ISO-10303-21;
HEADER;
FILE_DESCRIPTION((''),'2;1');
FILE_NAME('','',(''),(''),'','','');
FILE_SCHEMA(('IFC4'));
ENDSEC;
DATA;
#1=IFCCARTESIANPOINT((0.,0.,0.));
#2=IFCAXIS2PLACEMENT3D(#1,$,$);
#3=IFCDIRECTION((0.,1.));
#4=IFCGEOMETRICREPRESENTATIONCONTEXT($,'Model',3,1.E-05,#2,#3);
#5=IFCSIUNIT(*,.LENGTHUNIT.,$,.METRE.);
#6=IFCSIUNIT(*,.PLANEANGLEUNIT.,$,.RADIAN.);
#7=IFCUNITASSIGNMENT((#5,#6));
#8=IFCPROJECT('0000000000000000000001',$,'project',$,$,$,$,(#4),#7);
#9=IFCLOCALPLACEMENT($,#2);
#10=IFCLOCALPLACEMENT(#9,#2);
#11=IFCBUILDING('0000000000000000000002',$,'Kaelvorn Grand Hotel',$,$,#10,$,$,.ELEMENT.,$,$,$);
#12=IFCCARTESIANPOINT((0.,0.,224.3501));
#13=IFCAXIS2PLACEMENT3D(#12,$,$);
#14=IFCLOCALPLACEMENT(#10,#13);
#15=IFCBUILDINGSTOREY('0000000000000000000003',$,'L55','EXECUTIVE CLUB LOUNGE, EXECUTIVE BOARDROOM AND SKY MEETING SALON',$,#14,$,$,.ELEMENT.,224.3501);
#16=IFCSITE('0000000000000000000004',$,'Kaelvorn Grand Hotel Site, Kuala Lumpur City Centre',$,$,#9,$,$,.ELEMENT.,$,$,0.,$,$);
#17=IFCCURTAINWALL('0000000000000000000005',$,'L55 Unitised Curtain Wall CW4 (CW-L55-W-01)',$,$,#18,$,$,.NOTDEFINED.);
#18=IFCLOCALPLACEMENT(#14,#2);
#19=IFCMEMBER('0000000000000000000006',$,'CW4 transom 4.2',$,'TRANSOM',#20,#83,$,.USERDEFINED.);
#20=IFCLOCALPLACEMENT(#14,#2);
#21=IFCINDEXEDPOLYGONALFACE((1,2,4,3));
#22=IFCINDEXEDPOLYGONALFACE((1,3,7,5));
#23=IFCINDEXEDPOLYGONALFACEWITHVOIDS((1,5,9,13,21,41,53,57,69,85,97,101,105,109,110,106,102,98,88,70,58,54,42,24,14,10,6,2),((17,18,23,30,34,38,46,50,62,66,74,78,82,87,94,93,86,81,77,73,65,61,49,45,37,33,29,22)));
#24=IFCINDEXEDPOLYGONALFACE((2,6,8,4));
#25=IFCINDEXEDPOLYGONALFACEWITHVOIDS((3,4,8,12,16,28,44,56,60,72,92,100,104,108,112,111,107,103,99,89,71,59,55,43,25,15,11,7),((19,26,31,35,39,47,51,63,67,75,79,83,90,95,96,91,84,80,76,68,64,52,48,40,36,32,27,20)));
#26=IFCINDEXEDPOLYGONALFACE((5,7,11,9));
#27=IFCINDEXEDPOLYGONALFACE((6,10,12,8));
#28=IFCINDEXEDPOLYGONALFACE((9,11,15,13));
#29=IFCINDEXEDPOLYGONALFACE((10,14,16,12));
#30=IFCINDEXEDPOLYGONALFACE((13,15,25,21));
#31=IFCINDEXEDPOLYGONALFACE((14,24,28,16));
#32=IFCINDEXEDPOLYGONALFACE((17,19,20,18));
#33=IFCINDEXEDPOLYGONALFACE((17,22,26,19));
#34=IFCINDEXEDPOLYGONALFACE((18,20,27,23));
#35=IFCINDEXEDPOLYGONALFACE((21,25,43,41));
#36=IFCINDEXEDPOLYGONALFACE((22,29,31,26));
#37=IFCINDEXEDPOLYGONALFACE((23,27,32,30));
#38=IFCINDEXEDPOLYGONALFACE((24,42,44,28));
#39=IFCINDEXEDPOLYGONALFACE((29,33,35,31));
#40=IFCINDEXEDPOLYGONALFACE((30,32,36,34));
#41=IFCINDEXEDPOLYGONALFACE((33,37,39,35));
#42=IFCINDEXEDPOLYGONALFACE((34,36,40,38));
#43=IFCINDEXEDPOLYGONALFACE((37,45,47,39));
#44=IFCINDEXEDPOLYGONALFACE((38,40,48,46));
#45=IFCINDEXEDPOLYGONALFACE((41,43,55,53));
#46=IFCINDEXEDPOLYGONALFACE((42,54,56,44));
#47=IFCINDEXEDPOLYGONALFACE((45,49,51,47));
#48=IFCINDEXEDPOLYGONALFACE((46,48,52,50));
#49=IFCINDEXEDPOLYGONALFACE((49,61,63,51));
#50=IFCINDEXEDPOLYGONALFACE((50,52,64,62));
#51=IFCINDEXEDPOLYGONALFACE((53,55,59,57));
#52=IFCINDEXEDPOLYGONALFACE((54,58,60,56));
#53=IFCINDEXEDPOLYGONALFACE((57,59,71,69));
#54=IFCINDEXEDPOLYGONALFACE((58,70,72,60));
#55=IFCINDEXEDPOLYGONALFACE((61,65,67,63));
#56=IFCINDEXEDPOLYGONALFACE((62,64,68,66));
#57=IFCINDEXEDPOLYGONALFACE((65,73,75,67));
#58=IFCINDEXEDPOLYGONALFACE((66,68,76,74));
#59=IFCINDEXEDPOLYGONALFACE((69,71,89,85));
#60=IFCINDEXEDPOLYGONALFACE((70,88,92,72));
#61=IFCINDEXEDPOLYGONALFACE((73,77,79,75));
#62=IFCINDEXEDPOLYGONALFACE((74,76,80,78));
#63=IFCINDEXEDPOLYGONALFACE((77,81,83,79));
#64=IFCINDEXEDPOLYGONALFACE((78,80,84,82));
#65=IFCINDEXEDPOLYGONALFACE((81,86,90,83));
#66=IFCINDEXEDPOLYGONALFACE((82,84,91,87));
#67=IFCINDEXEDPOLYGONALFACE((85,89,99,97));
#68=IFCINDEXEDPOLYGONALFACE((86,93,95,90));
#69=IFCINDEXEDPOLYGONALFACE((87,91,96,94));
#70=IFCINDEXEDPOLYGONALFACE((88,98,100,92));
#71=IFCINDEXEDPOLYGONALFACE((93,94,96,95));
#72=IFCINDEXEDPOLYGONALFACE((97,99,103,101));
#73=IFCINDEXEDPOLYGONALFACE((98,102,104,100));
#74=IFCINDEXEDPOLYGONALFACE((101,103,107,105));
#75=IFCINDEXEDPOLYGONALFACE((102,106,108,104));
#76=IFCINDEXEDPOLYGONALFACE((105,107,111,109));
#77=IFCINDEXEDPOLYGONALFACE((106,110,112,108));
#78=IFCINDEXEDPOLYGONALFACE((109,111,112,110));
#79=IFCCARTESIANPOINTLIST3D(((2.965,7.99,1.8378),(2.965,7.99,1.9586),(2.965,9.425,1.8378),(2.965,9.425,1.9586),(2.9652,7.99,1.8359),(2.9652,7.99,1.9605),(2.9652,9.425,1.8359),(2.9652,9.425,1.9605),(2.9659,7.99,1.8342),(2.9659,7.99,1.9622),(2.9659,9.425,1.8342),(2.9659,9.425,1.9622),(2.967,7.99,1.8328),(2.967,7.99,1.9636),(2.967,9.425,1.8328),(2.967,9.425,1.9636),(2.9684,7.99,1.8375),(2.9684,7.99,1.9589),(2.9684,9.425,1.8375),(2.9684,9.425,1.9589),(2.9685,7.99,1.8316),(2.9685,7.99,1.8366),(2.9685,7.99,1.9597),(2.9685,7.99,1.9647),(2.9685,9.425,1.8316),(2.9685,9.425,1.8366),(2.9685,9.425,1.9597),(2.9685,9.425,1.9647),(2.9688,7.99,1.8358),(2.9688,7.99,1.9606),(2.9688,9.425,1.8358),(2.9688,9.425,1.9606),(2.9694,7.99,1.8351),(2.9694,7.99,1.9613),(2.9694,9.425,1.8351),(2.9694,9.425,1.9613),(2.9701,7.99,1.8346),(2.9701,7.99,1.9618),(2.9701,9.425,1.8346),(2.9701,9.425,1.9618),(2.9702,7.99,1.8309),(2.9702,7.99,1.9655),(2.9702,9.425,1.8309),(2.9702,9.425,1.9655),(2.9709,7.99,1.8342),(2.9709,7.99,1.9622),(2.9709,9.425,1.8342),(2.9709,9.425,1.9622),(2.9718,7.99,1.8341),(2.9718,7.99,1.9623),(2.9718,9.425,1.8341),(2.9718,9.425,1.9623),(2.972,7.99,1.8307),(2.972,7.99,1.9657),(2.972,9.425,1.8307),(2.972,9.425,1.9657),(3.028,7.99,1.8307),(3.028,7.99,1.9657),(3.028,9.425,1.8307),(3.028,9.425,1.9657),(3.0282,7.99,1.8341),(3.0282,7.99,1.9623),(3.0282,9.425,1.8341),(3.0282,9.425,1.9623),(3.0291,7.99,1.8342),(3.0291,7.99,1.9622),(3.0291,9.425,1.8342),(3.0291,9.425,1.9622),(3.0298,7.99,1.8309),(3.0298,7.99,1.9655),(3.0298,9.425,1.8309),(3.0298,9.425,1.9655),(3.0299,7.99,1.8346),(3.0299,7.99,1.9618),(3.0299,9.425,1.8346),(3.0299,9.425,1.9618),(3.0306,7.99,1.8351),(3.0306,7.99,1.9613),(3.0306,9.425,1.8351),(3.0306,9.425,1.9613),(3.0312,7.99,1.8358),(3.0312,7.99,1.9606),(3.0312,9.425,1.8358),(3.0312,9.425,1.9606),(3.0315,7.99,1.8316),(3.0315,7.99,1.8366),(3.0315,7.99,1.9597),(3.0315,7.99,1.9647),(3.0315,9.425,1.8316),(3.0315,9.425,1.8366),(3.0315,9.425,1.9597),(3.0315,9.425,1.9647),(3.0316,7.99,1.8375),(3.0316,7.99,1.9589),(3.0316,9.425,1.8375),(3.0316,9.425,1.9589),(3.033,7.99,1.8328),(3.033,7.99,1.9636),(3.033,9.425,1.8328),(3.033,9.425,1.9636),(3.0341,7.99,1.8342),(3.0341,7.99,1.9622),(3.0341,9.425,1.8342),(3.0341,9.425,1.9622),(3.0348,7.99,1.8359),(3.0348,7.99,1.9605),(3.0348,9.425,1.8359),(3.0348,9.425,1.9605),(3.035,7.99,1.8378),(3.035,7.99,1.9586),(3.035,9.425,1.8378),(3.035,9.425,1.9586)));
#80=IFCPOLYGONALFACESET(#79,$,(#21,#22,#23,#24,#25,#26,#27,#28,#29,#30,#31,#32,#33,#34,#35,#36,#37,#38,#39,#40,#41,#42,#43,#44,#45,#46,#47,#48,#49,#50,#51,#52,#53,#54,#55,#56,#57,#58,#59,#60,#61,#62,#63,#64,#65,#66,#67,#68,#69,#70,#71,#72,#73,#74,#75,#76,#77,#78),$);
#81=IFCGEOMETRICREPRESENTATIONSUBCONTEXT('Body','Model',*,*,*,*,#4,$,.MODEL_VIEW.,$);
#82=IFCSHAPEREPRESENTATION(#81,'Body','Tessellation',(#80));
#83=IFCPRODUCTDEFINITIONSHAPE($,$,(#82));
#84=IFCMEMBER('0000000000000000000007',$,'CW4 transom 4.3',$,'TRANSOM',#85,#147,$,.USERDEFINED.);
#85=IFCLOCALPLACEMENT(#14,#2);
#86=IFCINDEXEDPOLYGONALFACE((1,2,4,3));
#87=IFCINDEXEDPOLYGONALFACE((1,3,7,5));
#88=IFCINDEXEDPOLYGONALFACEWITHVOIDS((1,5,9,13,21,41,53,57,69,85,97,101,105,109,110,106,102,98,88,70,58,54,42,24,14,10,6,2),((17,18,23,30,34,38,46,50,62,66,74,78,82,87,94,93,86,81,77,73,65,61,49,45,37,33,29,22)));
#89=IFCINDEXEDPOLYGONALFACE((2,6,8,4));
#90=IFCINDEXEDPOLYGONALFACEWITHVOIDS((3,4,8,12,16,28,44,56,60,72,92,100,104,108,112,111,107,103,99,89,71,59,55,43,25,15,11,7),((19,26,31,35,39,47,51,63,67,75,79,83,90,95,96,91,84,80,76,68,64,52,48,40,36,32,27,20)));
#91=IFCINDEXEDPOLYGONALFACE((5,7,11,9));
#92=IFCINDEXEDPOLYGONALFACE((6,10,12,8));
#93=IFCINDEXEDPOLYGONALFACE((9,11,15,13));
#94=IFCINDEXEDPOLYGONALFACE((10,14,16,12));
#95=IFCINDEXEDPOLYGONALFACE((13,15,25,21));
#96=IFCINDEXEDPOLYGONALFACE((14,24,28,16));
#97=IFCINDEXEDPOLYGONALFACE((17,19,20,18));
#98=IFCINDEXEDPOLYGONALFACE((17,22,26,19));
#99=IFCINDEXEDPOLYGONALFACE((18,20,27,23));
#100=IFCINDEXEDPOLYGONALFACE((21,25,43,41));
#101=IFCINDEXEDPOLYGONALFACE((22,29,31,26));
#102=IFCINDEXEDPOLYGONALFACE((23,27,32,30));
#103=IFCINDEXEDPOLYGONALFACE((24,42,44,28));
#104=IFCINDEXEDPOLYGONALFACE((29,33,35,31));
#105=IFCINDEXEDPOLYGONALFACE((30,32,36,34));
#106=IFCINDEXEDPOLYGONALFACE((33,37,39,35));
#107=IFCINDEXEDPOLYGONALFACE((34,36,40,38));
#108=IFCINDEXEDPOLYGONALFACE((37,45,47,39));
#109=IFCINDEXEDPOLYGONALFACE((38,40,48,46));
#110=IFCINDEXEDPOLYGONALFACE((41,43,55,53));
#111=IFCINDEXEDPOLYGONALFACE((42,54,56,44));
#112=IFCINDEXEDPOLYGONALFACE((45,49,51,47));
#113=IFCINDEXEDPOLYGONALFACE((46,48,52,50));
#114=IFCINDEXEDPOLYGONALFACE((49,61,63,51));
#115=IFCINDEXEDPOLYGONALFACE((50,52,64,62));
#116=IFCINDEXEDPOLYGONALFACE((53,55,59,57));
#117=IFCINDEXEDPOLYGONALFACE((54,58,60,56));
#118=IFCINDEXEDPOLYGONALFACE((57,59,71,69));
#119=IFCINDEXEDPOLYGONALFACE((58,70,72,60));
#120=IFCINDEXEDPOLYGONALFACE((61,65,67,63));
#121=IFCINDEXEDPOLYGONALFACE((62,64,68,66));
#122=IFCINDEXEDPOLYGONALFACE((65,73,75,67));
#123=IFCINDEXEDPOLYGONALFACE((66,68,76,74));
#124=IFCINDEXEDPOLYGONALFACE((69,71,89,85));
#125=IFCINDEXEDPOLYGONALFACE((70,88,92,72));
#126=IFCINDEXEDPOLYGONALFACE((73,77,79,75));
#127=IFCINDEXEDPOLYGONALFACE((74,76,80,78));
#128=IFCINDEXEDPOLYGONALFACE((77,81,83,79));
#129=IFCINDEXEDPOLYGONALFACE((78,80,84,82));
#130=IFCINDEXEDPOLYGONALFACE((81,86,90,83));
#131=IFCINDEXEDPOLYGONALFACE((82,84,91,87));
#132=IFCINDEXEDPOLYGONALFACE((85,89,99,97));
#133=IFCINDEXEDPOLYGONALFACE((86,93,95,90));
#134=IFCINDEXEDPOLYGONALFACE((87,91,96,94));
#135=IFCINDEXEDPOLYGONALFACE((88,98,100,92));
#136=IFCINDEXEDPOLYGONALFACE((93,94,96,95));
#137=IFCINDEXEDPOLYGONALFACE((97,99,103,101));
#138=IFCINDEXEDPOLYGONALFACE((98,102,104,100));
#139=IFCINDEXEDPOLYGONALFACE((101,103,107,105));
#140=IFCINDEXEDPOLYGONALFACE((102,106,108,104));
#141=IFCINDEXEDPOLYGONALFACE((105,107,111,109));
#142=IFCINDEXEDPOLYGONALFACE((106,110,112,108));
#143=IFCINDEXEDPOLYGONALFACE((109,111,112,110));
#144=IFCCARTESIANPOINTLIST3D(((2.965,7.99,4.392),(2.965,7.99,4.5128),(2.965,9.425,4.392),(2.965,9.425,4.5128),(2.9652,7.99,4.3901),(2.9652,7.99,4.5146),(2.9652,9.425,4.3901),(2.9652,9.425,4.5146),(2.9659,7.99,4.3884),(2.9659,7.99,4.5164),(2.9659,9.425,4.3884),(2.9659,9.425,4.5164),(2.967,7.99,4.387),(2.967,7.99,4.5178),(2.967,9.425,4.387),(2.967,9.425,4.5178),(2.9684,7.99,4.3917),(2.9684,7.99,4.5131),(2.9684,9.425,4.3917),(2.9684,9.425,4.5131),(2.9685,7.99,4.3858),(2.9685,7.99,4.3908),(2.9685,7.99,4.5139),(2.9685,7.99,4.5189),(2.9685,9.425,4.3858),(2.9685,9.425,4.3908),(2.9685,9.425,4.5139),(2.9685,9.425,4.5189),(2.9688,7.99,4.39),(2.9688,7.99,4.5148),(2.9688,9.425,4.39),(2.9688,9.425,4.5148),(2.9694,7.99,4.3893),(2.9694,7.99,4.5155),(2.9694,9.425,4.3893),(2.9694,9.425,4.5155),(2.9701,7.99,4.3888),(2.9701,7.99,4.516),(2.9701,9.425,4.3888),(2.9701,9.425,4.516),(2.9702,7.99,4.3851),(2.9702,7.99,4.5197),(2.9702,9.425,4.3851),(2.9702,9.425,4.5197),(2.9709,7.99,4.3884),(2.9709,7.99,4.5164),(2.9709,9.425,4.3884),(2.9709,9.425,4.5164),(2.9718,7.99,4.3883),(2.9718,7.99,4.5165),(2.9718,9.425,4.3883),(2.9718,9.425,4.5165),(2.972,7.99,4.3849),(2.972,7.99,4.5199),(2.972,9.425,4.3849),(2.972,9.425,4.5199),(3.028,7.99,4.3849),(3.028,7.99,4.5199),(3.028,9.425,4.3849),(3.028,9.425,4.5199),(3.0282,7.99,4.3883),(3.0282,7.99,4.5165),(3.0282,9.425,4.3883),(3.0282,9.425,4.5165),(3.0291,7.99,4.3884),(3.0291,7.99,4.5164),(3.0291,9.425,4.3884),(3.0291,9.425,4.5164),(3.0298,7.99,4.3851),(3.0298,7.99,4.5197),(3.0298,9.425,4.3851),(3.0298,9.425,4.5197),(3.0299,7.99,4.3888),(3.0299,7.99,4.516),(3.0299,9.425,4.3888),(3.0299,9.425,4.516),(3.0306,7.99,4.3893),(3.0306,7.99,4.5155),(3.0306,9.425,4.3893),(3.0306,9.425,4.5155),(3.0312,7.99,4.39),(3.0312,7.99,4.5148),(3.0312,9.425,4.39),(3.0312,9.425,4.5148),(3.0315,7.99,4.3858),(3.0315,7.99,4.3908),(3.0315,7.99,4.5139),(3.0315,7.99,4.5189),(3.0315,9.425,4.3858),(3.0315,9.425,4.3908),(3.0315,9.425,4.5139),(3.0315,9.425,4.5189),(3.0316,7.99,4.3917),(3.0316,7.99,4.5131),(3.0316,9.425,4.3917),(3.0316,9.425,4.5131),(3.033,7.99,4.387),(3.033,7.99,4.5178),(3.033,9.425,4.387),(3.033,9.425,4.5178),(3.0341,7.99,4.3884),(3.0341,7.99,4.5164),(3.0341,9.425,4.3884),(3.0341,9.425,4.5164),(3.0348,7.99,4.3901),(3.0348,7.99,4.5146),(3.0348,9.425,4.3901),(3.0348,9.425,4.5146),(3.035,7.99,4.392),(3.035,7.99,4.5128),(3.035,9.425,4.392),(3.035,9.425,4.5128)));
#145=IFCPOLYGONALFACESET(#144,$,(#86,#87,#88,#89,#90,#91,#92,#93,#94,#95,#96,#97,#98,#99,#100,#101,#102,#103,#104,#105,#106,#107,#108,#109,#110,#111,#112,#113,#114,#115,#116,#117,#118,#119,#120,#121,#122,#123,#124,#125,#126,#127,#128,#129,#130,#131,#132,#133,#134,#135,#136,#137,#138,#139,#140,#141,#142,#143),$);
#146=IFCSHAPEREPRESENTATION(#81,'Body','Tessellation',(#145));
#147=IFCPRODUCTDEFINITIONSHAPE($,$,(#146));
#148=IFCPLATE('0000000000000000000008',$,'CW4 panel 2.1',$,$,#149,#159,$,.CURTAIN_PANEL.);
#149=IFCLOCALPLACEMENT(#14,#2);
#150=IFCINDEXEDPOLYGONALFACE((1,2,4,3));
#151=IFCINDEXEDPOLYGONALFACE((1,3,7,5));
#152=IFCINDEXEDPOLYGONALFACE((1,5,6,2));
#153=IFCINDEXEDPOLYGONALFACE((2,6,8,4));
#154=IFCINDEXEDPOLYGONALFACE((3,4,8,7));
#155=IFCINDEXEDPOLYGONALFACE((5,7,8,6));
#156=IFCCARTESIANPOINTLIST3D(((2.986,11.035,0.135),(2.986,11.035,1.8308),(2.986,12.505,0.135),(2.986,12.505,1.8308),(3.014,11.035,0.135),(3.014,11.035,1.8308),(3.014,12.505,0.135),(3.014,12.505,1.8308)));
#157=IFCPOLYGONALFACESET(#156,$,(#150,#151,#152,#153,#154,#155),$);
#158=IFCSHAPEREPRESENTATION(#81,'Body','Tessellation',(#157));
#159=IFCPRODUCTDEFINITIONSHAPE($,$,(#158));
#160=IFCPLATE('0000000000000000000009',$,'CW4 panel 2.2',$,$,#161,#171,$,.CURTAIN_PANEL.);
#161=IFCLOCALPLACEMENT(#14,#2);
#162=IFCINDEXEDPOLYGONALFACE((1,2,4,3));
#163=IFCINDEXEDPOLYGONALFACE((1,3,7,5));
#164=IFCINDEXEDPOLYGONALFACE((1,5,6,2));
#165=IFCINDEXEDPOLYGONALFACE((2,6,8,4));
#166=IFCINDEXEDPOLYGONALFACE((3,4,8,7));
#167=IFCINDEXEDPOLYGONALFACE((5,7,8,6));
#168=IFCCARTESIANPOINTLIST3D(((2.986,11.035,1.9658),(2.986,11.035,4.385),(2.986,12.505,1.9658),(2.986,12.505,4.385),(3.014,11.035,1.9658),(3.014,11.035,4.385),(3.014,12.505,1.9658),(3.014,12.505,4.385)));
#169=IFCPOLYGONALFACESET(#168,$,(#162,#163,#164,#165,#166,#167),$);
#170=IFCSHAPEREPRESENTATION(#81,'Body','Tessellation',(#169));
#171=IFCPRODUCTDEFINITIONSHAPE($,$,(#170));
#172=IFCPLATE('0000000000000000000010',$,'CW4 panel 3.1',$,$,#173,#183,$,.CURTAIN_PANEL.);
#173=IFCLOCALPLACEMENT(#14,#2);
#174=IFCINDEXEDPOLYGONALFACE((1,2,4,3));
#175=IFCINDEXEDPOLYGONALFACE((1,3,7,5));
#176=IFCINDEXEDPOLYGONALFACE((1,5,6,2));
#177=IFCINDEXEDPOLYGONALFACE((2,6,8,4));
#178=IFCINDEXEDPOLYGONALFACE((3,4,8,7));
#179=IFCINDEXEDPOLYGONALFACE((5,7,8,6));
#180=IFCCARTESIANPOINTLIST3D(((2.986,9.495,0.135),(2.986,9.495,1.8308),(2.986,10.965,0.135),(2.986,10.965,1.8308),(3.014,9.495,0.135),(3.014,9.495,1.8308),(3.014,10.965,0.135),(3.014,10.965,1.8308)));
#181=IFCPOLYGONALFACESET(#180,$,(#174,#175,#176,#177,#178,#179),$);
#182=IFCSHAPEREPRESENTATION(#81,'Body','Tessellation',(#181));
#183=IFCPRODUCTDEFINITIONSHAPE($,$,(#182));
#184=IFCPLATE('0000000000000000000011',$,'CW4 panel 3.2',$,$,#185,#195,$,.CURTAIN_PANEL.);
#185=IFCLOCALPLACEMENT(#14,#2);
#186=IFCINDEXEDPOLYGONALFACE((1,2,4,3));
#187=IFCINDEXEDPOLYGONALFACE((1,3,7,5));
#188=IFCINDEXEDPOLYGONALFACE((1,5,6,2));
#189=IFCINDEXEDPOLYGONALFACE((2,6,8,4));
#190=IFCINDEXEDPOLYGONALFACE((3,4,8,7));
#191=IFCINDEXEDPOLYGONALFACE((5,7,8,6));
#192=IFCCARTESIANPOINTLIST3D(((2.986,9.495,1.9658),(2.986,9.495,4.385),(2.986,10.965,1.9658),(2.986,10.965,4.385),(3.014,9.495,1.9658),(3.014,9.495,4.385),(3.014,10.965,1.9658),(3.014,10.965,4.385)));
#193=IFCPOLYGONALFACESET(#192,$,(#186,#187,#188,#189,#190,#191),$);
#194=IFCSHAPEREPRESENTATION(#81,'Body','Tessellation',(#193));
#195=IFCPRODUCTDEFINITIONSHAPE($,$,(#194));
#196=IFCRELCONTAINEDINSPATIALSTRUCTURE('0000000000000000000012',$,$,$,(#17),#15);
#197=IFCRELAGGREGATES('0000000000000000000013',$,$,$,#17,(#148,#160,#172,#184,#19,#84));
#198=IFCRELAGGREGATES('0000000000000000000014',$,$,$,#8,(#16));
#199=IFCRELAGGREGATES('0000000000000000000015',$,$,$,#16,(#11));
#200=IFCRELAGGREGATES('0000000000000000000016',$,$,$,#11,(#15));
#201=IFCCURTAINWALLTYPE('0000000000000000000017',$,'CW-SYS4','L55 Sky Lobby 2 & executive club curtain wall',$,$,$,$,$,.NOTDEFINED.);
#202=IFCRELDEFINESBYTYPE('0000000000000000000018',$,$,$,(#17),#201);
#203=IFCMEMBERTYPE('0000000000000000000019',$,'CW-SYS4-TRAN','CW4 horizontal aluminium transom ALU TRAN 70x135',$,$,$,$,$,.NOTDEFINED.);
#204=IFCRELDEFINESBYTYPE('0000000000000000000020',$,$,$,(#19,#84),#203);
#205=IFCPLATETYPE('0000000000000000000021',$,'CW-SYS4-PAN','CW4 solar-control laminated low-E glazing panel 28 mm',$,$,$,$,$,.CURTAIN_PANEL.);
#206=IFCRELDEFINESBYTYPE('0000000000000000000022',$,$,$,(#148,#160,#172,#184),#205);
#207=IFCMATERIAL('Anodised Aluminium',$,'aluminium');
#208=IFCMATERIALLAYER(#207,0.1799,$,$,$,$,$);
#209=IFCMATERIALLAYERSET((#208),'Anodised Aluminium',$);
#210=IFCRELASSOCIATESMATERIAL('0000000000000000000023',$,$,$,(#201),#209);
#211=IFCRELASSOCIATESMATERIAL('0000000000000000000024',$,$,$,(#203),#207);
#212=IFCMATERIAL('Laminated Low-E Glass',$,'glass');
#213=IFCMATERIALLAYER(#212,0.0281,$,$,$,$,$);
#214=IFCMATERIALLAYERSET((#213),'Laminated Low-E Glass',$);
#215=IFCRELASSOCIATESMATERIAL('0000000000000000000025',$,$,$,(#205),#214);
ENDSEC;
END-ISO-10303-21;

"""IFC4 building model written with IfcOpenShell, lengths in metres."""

from ifc_helpers import new_model, si_unit, direction, frame, origin, origin_2d, place, context, subcontext, project, spatial, rectangle, hollow_rectangle, extrude, material, layer, layer_set, material_profile, profile_set, type_object, element, aggregate, save


model = new_model("IFC4")

# Units and contexts
model_context = context("Model", 3, precision=1e-05, world=origin(), true_north=direction((0.0, 1.0)))
body_context = subcontext(model_context, "Body", "Model", "MODEL_VIEW")
ifc_project = project(units=[si_unit("LENGTHUNIT", "METRE"), si_unit("PLANEANGLEUNIT", "RADIAN")], contexts=[model_context])

# Site, building, storey
site_placement = place(None, origin())
site = spatial("IfcSite", under=ifc_project, at=site_placement, Name="Kaelvorn Grand Hotel Site, Kuala Lumpur City Centre", CompositionType="ELEMENT", RefElevation=0.0)
building_placement = place(site_placement, origin())
building = spatial("IfcBuilding", under=site, at=building_placement, Name="Kaelvorn Grand Hotel", CompositionType="ELEMENT")
storey_placement = place(building_placement, frame((0.0, 0.0, 224.3501)))
storey = spatial("IfcBuildingStorey", under=building, at=storey_placement, Name="L55", Description="EXECUTIVE CLUB LOUNGE, EXECUTIVE BOARDROOM AND SKY MEETING SALON", CompositionType="ELEMENT", Elevation=224.3501)

# Curtain wall, members, plates
ifc_material_1 = material(Name="Anodised Aluminium", Category="aluminium")
ifc_layer_1 = layer(ifc_material_1, 0.1799)
ifc_layer_set_1 = layer_set([ifc_layer_1], Name="Anodised Aluminium")
curtain_wall_type = type_object("IfcCurtainWallType", Name="CW-SYS4", Description="L55 Sky Lobby 2 & executive club curtain wall", PredefinedType="NOTDEFINED", material=ifc_layer_set_1)
curtain_wall_placement = place(storey_placement, origin())
curtain_wall = element("IfcCurtainWall", 1, at=curtain_wall_placement, inside=storey, type_object=curtain_wall_type, Name="L55 Unitised Curtain Wall CW4 (CW-L55-W-01)", PredefinedType="NOTDEFINED")
ifc_material_profile_1 = material_profile(ifc_material_1, hollow_rectangle(XDim=0.0701, YDim=0.135, WallThickness=0.0034, InnerFilletRadius=0.0034, OuterFilletRadius=0.0071, at=origin_2d()), Name="ALU TRAN 70x135")
ifc_profile_set_1 = profile_set([ifc_material_profile_1], Name="Anodised Aluminium")
member_type_1 = type_object("IfcMemberType", Name="CW-SYS4-TRAN", Description="CW4 horizontal aluminium transom ALU TRAN 70x135", PredefinedType="NOTDEFINED", material=ifc_profile_set_1)
member_1_placement = place(storey_placement, frame((3.0, 9.425, 1.8982), z_axis=(0.0, -1.0, 0.0), x_axis=(1.0, 0.0, 0.0)))
member_1 = element("IfcMember", 2, at=member_1_placement, type_object=member_type_1, Name="CW4 transom 4.2", ObjectType="TRANSOM", PredefinedType="USERDEFINED", context=body_context, shape_type="SweptSolid", body=[
    extrude(hollow_rectangle(XDim=0.0701, YDim=0.135, WallThickness=0.0034, InnerFilletRadius=0.0034, OuterFilletRadius=0.0071, at=origin_2d()), origin(), (0.0, 0.0, 1.0), 1.4351),
])
member_2_placement = place(storey_placement, frame((3.0, 9.425, 4.4524), z_axis=(0.0, -1.0, 0.0), x_axis=(1.0, 0.0, 0.0)))
member_2 = element("IfcMember", 3, at=member_2_placement, type_object=member_type_1, Name="CW4 transom 4.3", ObjectType="TRANSOM", PredefinedType="USERDEFINED", context=body_context, shape_type="SweptSolid", body=[
    extrude(hollow_rectangle(XDim=0.0701, YDim=0.135, WallThickness=0.0034, InnerFilletRadius=0.0034, OuterFilletRadius=0.0071, at=origin_2d()), origin(), (0.0, 0.0, 1.0), 1.4351),
])
ifc_material_2 = material(Name="Laminated Low-E Glass", Category="glass")
ifc_layer_2 = layer(ifc_material_2, 0.0281)
ifc_layer_set_2 = layer_set([ifc_layer_2], Name="Laminated Low-E Glass")
plate_type = type_object("IfcPlateType", Name="CW-SYS4-PAN", Description="CW4 solar-control laminated low-E glazing panel 28 mm", PredefinedType="CURTAIN_PANEL", material=ifc_layer_set_2)
plate_1_placement = place(storey_placement, frame((3.0, 11.77, 0.135), z_axis=(0.0, 0.0, 1.0), x_axis=(0.0, -1.0, 0.0)))
plate_1 = element("IfcPlate", 4, at=plate_1_placement, type_object=plate_type, Name="CW4 panel 2.1", PredefinedType="CURTAIN_PANEL", context=body_context, shape_type="SweptSolid", body=[
    extrude(rectangle(XDim=1.47, YDim=0.0281, at=origin_2d()), origin(), (0.0, 0.0, 1.0), 1.6958),
])
plate_2_placement = place(storey_placement, frame((3.0, 11.77, 1.9658), z_axis=(0.0, 0.0, 1.0), x_axis=(0.0, -1.0, 0.0)))
plate_2 = element("IfcPlate", 5, at=plate_2_placement, type_object=plate_type, Name="CW4 panel 2.2", PredefinedType="CURTAIN_PANEL", context=body_context, shape_type="SweptSolid", body=[
    extrude(rectangle(XDim=1.47, YDim=0.0281, at=origin_2d()), origin(), (0.0, 0.0, 1.0), 2.4192),
])
plate_3_placement = place(storey_placement, frame((3.0, 10.23, 0.135), z_axis=(0.0, 0.0, 1.0), x_axis=(0.0, -1.0, 0.0)))
plate_3 = element("IfcPlate", 6, at=plate_3_placement, type_object=plate_type, Name="CW4 panel 3.1", PredefinedType="CURTAIN_PANEL", context=body_context, shape_type="SweptSolid", body=[
    extrude(rectangle(XDim=1.47, YDim=0.0281, at=origin_2d()), origin(), (0.0, 0.0, 1.0), 1.6958),
])
plate_4_placement = place(storey_placement, frame((3.0, 10.23, 1.9658), z_axis=(0.0, 0.0, 1.0), x_axis=(0.0, -1.0, 0.0)))
plate_4 = element("IfcPlate", 7, at=plate_4_placement, type_object=plate_type, Name="CW4 panel 3.2", PredefinedType="CURTAIN_PANEL", context=body_context, shape_type="SweptSolid", body=[
    extrude(rectangle(XDim=1.47, YDim=0.0281, at=origin_2d()), origin(), (0.0, 0.0, 1.0), 2.4192),
])
aggregate(curtain_wall, [plate_1, plate_2, plate_3, plate_4, member_1, member_2])

save(model, "model.ifc")
